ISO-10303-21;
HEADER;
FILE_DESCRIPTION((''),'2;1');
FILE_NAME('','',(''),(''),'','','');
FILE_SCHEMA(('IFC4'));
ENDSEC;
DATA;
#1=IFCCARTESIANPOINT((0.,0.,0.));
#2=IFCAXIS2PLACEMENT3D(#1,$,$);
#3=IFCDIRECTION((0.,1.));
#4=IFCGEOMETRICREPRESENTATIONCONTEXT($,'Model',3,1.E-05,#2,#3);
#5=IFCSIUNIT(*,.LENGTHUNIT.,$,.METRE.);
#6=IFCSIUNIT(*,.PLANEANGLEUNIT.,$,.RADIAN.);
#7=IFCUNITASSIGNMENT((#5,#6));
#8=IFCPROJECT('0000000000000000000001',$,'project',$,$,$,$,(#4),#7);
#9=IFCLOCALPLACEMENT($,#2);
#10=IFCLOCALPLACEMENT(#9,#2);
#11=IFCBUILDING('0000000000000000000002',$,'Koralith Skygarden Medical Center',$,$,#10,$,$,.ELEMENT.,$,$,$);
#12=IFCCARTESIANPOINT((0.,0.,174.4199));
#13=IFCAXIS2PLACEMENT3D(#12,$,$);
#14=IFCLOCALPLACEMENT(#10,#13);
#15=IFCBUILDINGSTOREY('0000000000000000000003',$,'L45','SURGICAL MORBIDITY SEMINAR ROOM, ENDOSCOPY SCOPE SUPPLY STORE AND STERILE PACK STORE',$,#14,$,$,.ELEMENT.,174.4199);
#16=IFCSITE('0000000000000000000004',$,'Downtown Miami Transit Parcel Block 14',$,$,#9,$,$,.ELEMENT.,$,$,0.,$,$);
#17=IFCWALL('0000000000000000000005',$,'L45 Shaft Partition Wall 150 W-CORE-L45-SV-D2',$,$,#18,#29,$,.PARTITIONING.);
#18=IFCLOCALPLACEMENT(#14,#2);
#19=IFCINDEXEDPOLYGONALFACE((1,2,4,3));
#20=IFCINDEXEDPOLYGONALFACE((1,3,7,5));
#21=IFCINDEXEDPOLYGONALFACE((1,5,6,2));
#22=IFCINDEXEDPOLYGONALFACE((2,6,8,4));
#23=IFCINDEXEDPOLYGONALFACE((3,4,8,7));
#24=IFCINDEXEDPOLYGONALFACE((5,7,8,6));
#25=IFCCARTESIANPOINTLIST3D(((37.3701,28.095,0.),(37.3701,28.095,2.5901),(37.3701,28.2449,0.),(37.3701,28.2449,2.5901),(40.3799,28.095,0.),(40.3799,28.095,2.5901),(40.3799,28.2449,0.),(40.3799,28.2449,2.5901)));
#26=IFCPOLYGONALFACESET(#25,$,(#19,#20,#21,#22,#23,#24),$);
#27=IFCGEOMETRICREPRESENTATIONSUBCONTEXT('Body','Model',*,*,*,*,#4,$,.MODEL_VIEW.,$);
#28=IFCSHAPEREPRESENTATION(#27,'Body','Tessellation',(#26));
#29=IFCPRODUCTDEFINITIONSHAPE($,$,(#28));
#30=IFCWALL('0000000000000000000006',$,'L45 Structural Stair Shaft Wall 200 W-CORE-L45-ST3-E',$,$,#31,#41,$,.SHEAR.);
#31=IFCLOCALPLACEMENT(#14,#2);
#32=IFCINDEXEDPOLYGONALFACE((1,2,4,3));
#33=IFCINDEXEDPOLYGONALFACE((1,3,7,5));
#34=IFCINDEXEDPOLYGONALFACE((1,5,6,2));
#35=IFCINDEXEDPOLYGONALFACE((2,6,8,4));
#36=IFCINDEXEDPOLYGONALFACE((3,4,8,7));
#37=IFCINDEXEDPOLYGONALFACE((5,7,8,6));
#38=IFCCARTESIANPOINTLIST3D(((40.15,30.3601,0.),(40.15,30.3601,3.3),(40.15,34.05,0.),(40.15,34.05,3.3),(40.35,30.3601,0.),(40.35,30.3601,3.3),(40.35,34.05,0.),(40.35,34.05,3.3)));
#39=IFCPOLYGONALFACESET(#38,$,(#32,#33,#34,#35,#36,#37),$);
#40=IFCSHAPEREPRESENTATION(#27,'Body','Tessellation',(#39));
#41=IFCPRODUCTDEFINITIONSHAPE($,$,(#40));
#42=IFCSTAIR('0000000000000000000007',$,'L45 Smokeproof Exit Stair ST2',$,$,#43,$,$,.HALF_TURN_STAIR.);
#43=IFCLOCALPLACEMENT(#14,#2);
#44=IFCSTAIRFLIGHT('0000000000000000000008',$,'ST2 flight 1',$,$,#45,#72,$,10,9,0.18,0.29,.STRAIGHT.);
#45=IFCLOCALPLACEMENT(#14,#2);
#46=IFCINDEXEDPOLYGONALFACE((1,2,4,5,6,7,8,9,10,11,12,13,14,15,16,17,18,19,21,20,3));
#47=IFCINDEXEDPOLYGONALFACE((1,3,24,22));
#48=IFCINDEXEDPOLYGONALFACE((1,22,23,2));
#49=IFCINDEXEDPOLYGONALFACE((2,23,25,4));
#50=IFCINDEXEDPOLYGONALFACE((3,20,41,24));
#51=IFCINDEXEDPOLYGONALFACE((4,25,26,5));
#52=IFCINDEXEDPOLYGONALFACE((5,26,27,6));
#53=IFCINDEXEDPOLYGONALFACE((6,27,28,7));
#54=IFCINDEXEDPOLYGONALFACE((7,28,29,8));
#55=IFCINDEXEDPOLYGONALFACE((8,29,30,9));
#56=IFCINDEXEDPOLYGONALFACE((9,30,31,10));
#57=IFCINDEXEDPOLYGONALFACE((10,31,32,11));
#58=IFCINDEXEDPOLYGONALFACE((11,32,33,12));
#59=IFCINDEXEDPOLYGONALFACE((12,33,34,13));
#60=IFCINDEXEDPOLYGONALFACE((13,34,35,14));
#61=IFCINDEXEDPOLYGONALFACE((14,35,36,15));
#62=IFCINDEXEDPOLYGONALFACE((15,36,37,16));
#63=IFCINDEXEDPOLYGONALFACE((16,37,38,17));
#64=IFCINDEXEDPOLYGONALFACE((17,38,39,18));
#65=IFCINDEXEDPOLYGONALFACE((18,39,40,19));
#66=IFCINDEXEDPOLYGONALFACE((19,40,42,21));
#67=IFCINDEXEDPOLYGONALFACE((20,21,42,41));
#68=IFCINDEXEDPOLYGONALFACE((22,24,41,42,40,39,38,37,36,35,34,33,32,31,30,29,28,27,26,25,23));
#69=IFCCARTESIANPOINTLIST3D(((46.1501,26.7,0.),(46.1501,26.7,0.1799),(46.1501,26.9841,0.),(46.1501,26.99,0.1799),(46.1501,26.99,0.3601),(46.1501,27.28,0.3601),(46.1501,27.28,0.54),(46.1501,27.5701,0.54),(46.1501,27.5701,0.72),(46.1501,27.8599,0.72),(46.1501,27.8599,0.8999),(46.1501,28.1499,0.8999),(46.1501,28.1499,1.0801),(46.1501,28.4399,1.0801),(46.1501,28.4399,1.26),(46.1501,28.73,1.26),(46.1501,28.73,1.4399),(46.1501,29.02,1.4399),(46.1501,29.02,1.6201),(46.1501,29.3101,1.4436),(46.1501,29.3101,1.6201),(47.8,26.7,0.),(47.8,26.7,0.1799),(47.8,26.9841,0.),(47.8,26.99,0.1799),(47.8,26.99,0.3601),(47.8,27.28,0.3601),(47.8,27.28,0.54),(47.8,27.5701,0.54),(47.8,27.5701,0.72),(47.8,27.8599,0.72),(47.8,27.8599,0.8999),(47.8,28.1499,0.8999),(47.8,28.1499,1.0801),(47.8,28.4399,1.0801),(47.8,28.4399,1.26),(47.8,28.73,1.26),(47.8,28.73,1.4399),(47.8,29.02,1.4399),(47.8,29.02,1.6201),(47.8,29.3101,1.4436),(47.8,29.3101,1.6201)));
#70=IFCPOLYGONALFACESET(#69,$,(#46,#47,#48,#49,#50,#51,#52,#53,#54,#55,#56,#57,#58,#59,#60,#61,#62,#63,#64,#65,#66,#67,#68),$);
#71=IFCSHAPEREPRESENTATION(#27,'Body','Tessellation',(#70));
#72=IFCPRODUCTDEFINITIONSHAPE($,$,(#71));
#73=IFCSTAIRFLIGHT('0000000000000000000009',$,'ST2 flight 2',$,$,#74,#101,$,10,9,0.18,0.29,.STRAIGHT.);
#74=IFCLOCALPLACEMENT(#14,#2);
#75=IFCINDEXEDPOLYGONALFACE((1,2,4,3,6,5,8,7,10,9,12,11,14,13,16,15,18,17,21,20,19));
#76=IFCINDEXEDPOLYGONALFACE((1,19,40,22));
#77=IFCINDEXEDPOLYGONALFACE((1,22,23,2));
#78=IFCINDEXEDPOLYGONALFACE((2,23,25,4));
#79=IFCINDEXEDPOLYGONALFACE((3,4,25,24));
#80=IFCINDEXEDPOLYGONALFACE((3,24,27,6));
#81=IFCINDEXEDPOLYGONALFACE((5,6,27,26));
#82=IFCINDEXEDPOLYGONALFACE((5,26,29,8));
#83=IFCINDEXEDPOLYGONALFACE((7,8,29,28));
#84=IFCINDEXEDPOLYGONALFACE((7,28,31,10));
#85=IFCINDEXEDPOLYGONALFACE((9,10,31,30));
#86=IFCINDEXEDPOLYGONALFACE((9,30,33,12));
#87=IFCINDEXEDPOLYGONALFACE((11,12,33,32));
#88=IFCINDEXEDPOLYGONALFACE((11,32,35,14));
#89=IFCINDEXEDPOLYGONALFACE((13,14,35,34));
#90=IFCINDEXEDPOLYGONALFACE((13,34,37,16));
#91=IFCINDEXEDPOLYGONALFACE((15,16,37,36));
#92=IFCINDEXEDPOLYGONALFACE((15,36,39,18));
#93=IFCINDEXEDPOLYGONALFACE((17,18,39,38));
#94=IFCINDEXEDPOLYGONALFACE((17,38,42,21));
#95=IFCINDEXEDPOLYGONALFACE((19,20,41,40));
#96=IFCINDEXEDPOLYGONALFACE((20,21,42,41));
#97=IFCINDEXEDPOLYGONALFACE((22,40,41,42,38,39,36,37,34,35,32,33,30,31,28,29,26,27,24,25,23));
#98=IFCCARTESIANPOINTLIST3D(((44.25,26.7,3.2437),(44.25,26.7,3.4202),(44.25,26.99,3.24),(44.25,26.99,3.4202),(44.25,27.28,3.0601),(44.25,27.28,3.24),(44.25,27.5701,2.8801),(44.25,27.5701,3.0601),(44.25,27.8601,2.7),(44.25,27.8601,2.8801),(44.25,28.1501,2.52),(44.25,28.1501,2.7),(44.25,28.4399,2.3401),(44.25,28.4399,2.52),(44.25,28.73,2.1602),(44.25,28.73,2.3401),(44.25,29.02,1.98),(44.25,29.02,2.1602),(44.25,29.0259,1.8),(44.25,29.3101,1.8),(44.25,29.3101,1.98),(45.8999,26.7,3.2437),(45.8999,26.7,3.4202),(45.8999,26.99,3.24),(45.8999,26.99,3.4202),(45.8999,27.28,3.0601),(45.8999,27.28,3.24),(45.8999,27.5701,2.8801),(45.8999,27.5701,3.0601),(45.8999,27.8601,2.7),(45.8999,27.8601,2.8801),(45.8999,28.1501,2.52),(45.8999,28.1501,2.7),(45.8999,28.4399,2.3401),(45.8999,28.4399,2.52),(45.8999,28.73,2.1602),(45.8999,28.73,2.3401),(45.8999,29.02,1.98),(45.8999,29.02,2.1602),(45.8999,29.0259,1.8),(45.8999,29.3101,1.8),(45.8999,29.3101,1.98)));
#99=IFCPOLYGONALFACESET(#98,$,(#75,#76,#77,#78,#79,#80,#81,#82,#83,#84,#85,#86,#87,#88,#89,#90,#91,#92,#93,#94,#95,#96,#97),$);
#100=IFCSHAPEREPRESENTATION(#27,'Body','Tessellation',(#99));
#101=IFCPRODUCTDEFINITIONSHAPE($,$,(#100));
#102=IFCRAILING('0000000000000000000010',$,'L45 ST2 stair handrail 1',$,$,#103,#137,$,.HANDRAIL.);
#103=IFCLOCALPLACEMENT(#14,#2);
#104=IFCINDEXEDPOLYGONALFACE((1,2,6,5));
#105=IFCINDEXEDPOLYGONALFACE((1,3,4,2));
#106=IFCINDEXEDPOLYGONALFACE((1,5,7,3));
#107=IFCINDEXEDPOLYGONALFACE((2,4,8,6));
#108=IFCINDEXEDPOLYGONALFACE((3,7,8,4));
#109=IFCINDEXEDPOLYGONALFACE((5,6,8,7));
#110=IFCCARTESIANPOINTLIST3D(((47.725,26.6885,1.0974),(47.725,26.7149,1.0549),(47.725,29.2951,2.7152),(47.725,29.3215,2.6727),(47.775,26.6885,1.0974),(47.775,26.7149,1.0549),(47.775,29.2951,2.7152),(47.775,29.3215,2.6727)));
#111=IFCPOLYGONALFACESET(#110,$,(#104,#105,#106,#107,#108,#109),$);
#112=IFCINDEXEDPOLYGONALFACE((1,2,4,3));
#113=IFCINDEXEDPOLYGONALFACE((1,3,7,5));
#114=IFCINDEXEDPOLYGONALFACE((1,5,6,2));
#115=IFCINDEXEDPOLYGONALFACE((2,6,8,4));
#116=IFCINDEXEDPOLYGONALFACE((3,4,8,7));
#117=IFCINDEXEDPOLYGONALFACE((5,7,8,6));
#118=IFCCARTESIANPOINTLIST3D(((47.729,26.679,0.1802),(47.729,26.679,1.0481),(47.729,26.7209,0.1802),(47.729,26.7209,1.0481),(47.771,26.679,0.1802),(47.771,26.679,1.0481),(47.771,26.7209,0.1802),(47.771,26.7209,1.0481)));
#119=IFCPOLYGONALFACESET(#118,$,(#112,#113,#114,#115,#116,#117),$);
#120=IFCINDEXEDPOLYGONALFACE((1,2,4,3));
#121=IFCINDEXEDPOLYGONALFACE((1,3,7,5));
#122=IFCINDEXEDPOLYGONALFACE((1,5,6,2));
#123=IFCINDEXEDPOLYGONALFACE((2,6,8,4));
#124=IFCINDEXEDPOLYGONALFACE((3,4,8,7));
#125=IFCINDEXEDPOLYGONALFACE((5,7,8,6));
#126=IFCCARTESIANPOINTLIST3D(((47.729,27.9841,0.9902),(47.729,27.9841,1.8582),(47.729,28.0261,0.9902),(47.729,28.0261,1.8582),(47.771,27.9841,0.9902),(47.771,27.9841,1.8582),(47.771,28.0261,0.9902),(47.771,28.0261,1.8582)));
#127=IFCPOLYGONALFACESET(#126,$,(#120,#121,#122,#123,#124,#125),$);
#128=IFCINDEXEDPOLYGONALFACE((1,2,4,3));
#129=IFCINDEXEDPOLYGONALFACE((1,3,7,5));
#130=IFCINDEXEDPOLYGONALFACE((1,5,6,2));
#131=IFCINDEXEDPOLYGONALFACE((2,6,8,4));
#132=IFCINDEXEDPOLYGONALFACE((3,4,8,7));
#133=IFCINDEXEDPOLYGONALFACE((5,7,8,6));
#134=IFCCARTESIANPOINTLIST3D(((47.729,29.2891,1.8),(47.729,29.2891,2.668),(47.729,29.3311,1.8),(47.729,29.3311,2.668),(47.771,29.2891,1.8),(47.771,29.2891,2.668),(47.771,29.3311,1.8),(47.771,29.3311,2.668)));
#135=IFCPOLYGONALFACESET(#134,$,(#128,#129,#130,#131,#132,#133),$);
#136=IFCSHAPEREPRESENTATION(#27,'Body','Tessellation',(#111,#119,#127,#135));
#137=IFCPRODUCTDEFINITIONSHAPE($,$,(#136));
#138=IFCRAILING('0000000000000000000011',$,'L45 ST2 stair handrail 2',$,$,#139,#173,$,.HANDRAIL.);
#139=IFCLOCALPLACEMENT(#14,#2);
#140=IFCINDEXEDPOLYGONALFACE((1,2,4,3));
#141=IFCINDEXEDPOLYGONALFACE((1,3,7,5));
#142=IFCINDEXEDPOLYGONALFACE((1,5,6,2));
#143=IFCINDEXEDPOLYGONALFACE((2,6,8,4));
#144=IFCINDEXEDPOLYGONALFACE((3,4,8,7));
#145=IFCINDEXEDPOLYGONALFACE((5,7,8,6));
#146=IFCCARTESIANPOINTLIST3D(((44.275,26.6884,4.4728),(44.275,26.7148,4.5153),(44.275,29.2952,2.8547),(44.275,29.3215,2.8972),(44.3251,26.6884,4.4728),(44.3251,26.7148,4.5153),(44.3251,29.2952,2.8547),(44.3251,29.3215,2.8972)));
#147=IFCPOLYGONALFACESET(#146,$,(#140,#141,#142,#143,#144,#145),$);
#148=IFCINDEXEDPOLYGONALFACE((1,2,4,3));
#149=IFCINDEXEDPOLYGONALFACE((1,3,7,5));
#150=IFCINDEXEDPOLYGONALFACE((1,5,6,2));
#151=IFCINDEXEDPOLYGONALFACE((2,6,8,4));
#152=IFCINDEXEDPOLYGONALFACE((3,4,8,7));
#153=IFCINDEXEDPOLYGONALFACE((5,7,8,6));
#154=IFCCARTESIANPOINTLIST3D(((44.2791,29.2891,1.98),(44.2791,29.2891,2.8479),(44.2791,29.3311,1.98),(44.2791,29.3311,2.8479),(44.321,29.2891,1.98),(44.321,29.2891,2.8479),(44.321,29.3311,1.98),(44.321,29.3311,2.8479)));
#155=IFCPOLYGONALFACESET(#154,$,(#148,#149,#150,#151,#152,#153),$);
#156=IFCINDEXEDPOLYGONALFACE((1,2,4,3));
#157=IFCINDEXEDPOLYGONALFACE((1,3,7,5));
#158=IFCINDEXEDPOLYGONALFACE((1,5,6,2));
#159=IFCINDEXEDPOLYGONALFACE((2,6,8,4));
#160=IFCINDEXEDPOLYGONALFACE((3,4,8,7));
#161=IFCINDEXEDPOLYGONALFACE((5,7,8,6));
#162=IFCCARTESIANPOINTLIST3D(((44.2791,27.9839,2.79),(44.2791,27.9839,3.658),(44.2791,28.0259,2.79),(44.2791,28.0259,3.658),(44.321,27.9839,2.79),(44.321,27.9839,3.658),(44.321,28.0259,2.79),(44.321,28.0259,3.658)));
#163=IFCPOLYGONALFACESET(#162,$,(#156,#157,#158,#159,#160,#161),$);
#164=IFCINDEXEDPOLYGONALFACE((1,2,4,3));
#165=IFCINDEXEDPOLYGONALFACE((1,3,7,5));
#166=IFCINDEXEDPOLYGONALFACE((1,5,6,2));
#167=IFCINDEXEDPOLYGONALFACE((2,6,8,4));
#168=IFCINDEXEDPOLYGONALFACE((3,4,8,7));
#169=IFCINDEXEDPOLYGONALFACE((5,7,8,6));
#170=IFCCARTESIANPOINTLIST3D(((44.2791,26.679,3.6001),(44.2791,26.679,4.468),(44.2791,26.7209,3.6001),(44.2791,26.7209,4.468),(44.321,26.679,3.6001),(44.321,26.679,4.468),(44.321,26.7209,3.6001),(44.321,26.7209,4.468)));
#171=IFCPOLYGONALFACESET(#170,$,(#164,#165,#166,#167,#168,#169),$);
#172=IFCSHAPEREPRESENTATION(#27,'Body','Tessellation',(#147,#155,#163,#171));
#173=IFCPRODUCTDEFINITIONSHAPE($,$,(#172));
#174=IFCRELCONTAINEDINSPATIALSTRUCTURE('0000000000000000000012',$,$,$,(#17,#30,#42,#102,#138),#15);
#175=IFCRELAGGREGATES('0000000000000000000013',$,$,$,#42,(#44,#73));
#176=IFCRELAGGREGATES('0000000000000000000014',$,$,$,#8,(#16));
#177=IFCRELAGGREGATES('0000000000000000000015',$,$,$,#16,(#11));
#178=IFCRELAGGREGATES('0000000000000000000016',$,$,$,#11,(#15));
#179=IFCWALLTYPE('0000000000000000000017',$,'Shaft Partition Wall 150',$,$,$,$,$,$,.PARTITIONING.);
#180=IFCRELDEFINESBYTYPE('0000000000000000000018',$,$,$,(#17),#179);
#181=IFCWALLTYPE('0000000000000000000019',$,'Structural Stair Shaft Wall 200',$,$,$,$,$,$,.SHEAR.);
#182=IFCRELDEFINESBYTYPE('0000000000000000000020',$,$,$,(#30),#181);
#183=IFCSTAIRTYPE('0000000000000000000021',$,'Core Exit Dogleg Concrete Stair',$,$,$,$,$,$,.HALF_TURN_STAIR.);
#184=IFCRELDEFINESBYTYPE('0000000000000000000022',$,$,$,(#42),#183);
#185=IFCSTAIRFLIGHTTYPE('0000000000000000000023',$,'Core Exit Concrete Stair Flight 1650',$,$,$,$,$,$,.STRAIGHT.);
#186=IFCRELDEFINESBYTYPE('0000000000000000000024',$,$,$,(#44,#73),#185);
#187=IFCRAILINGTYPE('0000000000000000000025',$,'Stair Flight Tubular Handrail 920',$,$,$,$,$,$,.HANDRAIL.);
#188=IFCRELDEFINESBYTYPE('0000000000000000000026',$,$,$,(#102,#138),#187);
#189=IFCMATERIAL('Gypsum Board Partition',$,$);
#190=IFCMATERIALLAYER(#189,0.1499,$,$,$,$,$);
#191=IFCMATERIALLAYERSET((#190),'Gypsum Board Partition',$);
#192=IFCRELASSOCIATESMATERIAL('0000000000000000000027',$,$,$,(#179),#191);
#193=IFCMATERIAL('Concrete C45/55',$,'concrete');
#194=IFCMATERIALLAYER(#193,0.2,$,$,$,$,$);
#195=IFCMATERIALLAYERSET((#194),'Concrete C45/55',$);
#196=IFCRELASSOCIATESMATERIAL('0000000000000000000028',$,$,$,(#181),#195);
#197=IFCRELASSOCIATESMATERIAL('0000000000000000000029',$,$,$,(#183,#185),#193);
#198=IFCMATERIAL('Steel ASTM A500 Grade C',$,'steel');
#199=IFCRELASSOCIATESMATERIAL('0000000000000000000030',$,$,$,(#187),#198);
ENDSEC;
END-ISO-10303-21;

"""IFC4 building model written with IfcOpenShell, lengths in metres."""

from ifc_helpers import new_model, si_unit, direction, frame, frame_2d, origin, origin_2d, place, context, subcontext, project, spatial, polyline, rectangle, outline, extrude, material, layer, layer_set, type_object, element, aggregate, save


model = new_model("IFC4")

# Units and contexts
model_context = context("Model", 3, precision=1e-05, world=origin(), true_north=direction((0.0, 1.0)))
body_context = subcontext(model_context, "Body", "Model", "MODEL_VIEW")
ifc_project = project(units=[si_unit("LENGTHUNIT", "METRE"), si_unit("PLANEANGLEUNIT", "RADIAN")], contexts=[model_context])

# Site, building, storey
site_placement = place(None, origin())
site = spatial("IfcSite", under=ifc_project, at=site_placement, Name="Downtown Miami Transit Parcel Block 14", CompositionType="ELEMENT", RefElevation=0.0)
building_placement = place(site_placement, origin())
building = spatial("IfcBuilding", under=site, at=building_placement, Name="Koralith Skygarden Medical Center", CompositionType="ELEMENT")
storey_placement = place(building_placement, frame((0.0, 0.0, 174.4199)))
storey = spatial("IfcBuildingStorey", under=building, at=storey_placement, Name="L45", Description="SURGICAL MORBIDITY SEMINAR ROOM, ENDOSCOPY SCOPE SUPPLY STORE AND STERILE PACK STORE", CompositionType="ELEMENT", Elevation=174.4199)

# Shared definitions
ifc_material_1 = material(Name="Concrete C45/55", Category="concrete")

# Shared definitions
ifc_material_2 = material(Name="Gypsum Board Partition")

# Walls
ifc_layer_1 = layer(ifc_material_2, 0.1499)
ifc_layer_set_1 = layer_set([ifc_layer_1], Name="Gypsum Board Partition")
wall_type_1 = type_object("IfcWallType", Name="Shaft Partition Wall 150", PredefinedType="PARTITIONING", material=ifc_layer_set_1)
wall_1_placement = place(storey_placement, frame((37.3701, 28.1699, 0.0), z_axis=(0.0, 0.0, 1.0), x_axis=(1.0, 0.0, 0.0)))
element("IfcWall", 1, at=wall_1_placement, inside=storey, type_object=wall_type_1, Name="L45 Shaft Partition Wall 150 W-CORE-L45-SV-D2", PredefinedType="PARTITIONING", context=body_context, shape_type="SweptSolid", body=[
    extrude(rectangle(XDim=3.0098, YDim=0.1499, at=frame_2d((1.5049, 0.0))), origin(), (0.0, 0.0, 1.0), 2.5901),
])
ifc_layer_2 = layer(ifc_material_1, 0.2)
ifc_layer_set_2 = layer_set([ifc_layer_2], Name="Concrete C45/55")
wall_type_2 = type_object("IfcWallType", Name="Structural Stair Shaft Wall 200", PredefinedType="SHEAR", material=ifc_layer_set_2)
wall_2_placement = place(storey_placement, frame((40.25, 30.3601, 0.0), z_axis=(0.0, 0.0, 1.0), x_axis=(0.0, 1.0, 0.0)))
element("IfcWall", 2, at=wall_2_placement, inside=storey, type_object=wall_type_2, Name="L45 Structural Stair Shaft Wall 200 W-CORE-L45-ST3-E", PredefinedType="SHEAR", context=body_context, shape_type="SweptSolid", body=[
    extrude(rectangle(XDim=3.6899, YDim=0.2, at=frame_2d((1.845, 0.0))), origin(), (0.0, 0.0, 1.0), 3.3),
])

# Stair, stair flights
stair_type = type_object("IfcStairType", Name="Core Exit Dogleg Concrete Stair", PredefinedType="HALF_TURN_STAIR", material=ifc_material_1)
stair_placement = place(storey_placement, origin())
stair = element("IfcStair", 3, at=stair_placement, inside=storey, type_object=stair_type, Name="L45 Smokeproof Exit Stair ST2", PredefinedType="HALF_TURN_STAIR")
stair_flight_type = type_object("IfcStairFlightType", Name="Core Exit Concrete Stair Flight 1650", PredefinedType="STRAIGHT", material=ifc_material_1)
stair_flight_1_placement = place(storey_placement, frame((46.9751, 26.7, 0.0), z_axis=(0.0, 0.0, 1.0), x_axis=(0.0, 1.0, 0.0)))
stair_flight_1 = element("IfcStairFlight", 4, at=stair_flight_1_placement, type_object=stair_flight_type, Name="ST2 flight 1", NumberOfRisers=10, NumberOfTreads=9, PredefinedType="STRAIGHT", RiserHeight=0.18, TreadLength=0.29, context=body_context, shape_type="SweptSolid", body=[
    extrude(outline(polyline([(0.0, 0.0), (0.0, 0.1799), (0.29, 0.1799), (0.29, 0.3601), (0.5801, 0.3601), (0.5801, 0.54), (0.8701, 0.54), (0.8701, 0.72), (1.1599, 0.72), (1.1599, 0.8999), (1.45, 0.8999), (1.45, 1.0801), (1.74, 1.0801), (1.74, 1.26), (2.03, 1.26), (2.03, 1.4399), (2.3201, 1.4399), (2.3201, 1.6201), (2.6101, 1.6201), (2.6101, 1.8), (2.6101, 1.4436), (0.2842, 0.0), (0.0, 0.0)])), frame((0.0, 0.825, 0.0), z_axis=(0.0, -1.0, 0.0), x_axis=(1.0, 0.0, 0.0)), (0.0, 0.0, 1.0), 1.6499),
])
stair_flight_2_placement = place(storey_placement, frame((45.075, 29.3101, 1.8), z_axis=(0.0, 0.0, 1.0), x_axis=(0.0, -1.0, 0.0)))
stair_flight_2 = element("IfcStairFlight", 5, at=stair_flight_2_placement, type_object=stair_flight_type, Name="ST2 flight 2", NumberOfRisers=10, NumberOfTreads=9, PredefinedType="STRAIGHT", RiserHeight=0.18, TreadLength=0.29, context=body_context, shape_type="SweptSolid", body=[
    extrude(outline(polyline([(0.0, 0.0), (0.0, 0.1799), (0.29, 0.1799), (0.29, 0.3601), (0.5801, 0.3601), (0.5801, 0.54), (0.8701, 0.54), (0.8701, 0.72), (1.1599, 0.72), (1.1599, 0.8999), (1.45, 0.8999), (1.45, 1.0801), (1.74, 1.0801), (1.74, 1.26), (2.03, 1.26), (2.03, 1.4399), (2.3201, 1.4399), (2.3201, 1.6201), (2.6101, 1.6201), (2.6101, 1.8), (2.6101, 1.4436), (0.2842, 0.0), (0.0, 0.0)])), frame((0.0, 0.825, 0.0), z_axis=(0.0, -1.0, 0.0), x_axis=(1.0, 0.0, 0.0)), (0.0, 0.0, 1.0), 1.6499),
])
aggregate(stair, [stair_flight_1, stair_flight_2])

# Railings
ifc_material_3 = material(Name="Steel ASTM A500 Grade C", Category="steel")
railing_type_1 = type_object("IfcRailingType", Name="Stair Flight Tubular Handrail 920", PredefinedType="HANDRAIL", material=ifc_material_3)
railing_1_placement = place(storey_placement, frame((47.75, 26.7, 0.1802)))
element("IfcRailing", 6, at=railing_1_placement, inside=storey, type_object=railing_type_1, Name="L45 ST2 stair handrail 1", PredefinedType="HANDRAIL", context=body_context, shape_type="SweptSolid", body=[
    extrude(rectangle(XDim=0.05, YDim=0.05, at=origin_2d()), frame((0.0, 0.0017, 0.896), z_axis=(0.0, 0.849668, 0.527317), x_axis=(-1.0, 0.0, 0.0)), (0.0, 0.0, 1.0), 3.0679),
    extrude(rectangle(XDim=0.042, YDim=0.042, at=origin_2d()), origin(), (0.0, 0.0, 1.0), 0.8679),
    extrude(rectangle(XDim=0.042, YDim=0.042, at=origin_2d()), frame((0.0, 1.3052, 0.8101)), (0.0, 0.0, 1.0), 0.8679),
    extrude(rectangle(XDim=0.042, YDim=0.042, at=origin_2d()), frame((0.0, 2.6101, 1.6199)), (0.0, 0.0, 1.0), 0.8679),
])
railing_2_placement = place(storey_placement, frame((44.3, 29.3101, 1.98)))
element("IfcRailing", 7, at=railing_2_placement, inside=storey, type_object=railing_type_1, Name="L45 ST2 stair handrail 2", PredefinedType="HANDRAIL", context=body_context, shape_type="SweptSolid", body=[
    extrude(rectangle(XDim=0.05, YDim=0.05, at=origin_2d()), frame((0.0, -0.0017, 0.896), z_axis=(0.0, -0.849633, 0.527375), x_axis=(1.0, 0.0, 0.0)), (0.0, 0.0, 1.0), 3.0681),
    extrude(rectangle(XDim=0.042, YDim=0.042, at=origin_2d()), origin(), (0.0, 0.0, 1.0), 0.8679),
    extrude(rectangle(XDim=0.042, YDim=0.042, at=origin_2d()), frame((0.0, -1.3052, 0.8101)), (0.0, 0.0, 1.0), 0.8679),
    extrude(rectangle(XDim=0.042, YDim=0.042, at=origin_2d()), frame((0.0, -2.6101, 1.6201)), (0.0, 0.0, 1.0), 0.8679),
])

save(model, "model.ifc")
